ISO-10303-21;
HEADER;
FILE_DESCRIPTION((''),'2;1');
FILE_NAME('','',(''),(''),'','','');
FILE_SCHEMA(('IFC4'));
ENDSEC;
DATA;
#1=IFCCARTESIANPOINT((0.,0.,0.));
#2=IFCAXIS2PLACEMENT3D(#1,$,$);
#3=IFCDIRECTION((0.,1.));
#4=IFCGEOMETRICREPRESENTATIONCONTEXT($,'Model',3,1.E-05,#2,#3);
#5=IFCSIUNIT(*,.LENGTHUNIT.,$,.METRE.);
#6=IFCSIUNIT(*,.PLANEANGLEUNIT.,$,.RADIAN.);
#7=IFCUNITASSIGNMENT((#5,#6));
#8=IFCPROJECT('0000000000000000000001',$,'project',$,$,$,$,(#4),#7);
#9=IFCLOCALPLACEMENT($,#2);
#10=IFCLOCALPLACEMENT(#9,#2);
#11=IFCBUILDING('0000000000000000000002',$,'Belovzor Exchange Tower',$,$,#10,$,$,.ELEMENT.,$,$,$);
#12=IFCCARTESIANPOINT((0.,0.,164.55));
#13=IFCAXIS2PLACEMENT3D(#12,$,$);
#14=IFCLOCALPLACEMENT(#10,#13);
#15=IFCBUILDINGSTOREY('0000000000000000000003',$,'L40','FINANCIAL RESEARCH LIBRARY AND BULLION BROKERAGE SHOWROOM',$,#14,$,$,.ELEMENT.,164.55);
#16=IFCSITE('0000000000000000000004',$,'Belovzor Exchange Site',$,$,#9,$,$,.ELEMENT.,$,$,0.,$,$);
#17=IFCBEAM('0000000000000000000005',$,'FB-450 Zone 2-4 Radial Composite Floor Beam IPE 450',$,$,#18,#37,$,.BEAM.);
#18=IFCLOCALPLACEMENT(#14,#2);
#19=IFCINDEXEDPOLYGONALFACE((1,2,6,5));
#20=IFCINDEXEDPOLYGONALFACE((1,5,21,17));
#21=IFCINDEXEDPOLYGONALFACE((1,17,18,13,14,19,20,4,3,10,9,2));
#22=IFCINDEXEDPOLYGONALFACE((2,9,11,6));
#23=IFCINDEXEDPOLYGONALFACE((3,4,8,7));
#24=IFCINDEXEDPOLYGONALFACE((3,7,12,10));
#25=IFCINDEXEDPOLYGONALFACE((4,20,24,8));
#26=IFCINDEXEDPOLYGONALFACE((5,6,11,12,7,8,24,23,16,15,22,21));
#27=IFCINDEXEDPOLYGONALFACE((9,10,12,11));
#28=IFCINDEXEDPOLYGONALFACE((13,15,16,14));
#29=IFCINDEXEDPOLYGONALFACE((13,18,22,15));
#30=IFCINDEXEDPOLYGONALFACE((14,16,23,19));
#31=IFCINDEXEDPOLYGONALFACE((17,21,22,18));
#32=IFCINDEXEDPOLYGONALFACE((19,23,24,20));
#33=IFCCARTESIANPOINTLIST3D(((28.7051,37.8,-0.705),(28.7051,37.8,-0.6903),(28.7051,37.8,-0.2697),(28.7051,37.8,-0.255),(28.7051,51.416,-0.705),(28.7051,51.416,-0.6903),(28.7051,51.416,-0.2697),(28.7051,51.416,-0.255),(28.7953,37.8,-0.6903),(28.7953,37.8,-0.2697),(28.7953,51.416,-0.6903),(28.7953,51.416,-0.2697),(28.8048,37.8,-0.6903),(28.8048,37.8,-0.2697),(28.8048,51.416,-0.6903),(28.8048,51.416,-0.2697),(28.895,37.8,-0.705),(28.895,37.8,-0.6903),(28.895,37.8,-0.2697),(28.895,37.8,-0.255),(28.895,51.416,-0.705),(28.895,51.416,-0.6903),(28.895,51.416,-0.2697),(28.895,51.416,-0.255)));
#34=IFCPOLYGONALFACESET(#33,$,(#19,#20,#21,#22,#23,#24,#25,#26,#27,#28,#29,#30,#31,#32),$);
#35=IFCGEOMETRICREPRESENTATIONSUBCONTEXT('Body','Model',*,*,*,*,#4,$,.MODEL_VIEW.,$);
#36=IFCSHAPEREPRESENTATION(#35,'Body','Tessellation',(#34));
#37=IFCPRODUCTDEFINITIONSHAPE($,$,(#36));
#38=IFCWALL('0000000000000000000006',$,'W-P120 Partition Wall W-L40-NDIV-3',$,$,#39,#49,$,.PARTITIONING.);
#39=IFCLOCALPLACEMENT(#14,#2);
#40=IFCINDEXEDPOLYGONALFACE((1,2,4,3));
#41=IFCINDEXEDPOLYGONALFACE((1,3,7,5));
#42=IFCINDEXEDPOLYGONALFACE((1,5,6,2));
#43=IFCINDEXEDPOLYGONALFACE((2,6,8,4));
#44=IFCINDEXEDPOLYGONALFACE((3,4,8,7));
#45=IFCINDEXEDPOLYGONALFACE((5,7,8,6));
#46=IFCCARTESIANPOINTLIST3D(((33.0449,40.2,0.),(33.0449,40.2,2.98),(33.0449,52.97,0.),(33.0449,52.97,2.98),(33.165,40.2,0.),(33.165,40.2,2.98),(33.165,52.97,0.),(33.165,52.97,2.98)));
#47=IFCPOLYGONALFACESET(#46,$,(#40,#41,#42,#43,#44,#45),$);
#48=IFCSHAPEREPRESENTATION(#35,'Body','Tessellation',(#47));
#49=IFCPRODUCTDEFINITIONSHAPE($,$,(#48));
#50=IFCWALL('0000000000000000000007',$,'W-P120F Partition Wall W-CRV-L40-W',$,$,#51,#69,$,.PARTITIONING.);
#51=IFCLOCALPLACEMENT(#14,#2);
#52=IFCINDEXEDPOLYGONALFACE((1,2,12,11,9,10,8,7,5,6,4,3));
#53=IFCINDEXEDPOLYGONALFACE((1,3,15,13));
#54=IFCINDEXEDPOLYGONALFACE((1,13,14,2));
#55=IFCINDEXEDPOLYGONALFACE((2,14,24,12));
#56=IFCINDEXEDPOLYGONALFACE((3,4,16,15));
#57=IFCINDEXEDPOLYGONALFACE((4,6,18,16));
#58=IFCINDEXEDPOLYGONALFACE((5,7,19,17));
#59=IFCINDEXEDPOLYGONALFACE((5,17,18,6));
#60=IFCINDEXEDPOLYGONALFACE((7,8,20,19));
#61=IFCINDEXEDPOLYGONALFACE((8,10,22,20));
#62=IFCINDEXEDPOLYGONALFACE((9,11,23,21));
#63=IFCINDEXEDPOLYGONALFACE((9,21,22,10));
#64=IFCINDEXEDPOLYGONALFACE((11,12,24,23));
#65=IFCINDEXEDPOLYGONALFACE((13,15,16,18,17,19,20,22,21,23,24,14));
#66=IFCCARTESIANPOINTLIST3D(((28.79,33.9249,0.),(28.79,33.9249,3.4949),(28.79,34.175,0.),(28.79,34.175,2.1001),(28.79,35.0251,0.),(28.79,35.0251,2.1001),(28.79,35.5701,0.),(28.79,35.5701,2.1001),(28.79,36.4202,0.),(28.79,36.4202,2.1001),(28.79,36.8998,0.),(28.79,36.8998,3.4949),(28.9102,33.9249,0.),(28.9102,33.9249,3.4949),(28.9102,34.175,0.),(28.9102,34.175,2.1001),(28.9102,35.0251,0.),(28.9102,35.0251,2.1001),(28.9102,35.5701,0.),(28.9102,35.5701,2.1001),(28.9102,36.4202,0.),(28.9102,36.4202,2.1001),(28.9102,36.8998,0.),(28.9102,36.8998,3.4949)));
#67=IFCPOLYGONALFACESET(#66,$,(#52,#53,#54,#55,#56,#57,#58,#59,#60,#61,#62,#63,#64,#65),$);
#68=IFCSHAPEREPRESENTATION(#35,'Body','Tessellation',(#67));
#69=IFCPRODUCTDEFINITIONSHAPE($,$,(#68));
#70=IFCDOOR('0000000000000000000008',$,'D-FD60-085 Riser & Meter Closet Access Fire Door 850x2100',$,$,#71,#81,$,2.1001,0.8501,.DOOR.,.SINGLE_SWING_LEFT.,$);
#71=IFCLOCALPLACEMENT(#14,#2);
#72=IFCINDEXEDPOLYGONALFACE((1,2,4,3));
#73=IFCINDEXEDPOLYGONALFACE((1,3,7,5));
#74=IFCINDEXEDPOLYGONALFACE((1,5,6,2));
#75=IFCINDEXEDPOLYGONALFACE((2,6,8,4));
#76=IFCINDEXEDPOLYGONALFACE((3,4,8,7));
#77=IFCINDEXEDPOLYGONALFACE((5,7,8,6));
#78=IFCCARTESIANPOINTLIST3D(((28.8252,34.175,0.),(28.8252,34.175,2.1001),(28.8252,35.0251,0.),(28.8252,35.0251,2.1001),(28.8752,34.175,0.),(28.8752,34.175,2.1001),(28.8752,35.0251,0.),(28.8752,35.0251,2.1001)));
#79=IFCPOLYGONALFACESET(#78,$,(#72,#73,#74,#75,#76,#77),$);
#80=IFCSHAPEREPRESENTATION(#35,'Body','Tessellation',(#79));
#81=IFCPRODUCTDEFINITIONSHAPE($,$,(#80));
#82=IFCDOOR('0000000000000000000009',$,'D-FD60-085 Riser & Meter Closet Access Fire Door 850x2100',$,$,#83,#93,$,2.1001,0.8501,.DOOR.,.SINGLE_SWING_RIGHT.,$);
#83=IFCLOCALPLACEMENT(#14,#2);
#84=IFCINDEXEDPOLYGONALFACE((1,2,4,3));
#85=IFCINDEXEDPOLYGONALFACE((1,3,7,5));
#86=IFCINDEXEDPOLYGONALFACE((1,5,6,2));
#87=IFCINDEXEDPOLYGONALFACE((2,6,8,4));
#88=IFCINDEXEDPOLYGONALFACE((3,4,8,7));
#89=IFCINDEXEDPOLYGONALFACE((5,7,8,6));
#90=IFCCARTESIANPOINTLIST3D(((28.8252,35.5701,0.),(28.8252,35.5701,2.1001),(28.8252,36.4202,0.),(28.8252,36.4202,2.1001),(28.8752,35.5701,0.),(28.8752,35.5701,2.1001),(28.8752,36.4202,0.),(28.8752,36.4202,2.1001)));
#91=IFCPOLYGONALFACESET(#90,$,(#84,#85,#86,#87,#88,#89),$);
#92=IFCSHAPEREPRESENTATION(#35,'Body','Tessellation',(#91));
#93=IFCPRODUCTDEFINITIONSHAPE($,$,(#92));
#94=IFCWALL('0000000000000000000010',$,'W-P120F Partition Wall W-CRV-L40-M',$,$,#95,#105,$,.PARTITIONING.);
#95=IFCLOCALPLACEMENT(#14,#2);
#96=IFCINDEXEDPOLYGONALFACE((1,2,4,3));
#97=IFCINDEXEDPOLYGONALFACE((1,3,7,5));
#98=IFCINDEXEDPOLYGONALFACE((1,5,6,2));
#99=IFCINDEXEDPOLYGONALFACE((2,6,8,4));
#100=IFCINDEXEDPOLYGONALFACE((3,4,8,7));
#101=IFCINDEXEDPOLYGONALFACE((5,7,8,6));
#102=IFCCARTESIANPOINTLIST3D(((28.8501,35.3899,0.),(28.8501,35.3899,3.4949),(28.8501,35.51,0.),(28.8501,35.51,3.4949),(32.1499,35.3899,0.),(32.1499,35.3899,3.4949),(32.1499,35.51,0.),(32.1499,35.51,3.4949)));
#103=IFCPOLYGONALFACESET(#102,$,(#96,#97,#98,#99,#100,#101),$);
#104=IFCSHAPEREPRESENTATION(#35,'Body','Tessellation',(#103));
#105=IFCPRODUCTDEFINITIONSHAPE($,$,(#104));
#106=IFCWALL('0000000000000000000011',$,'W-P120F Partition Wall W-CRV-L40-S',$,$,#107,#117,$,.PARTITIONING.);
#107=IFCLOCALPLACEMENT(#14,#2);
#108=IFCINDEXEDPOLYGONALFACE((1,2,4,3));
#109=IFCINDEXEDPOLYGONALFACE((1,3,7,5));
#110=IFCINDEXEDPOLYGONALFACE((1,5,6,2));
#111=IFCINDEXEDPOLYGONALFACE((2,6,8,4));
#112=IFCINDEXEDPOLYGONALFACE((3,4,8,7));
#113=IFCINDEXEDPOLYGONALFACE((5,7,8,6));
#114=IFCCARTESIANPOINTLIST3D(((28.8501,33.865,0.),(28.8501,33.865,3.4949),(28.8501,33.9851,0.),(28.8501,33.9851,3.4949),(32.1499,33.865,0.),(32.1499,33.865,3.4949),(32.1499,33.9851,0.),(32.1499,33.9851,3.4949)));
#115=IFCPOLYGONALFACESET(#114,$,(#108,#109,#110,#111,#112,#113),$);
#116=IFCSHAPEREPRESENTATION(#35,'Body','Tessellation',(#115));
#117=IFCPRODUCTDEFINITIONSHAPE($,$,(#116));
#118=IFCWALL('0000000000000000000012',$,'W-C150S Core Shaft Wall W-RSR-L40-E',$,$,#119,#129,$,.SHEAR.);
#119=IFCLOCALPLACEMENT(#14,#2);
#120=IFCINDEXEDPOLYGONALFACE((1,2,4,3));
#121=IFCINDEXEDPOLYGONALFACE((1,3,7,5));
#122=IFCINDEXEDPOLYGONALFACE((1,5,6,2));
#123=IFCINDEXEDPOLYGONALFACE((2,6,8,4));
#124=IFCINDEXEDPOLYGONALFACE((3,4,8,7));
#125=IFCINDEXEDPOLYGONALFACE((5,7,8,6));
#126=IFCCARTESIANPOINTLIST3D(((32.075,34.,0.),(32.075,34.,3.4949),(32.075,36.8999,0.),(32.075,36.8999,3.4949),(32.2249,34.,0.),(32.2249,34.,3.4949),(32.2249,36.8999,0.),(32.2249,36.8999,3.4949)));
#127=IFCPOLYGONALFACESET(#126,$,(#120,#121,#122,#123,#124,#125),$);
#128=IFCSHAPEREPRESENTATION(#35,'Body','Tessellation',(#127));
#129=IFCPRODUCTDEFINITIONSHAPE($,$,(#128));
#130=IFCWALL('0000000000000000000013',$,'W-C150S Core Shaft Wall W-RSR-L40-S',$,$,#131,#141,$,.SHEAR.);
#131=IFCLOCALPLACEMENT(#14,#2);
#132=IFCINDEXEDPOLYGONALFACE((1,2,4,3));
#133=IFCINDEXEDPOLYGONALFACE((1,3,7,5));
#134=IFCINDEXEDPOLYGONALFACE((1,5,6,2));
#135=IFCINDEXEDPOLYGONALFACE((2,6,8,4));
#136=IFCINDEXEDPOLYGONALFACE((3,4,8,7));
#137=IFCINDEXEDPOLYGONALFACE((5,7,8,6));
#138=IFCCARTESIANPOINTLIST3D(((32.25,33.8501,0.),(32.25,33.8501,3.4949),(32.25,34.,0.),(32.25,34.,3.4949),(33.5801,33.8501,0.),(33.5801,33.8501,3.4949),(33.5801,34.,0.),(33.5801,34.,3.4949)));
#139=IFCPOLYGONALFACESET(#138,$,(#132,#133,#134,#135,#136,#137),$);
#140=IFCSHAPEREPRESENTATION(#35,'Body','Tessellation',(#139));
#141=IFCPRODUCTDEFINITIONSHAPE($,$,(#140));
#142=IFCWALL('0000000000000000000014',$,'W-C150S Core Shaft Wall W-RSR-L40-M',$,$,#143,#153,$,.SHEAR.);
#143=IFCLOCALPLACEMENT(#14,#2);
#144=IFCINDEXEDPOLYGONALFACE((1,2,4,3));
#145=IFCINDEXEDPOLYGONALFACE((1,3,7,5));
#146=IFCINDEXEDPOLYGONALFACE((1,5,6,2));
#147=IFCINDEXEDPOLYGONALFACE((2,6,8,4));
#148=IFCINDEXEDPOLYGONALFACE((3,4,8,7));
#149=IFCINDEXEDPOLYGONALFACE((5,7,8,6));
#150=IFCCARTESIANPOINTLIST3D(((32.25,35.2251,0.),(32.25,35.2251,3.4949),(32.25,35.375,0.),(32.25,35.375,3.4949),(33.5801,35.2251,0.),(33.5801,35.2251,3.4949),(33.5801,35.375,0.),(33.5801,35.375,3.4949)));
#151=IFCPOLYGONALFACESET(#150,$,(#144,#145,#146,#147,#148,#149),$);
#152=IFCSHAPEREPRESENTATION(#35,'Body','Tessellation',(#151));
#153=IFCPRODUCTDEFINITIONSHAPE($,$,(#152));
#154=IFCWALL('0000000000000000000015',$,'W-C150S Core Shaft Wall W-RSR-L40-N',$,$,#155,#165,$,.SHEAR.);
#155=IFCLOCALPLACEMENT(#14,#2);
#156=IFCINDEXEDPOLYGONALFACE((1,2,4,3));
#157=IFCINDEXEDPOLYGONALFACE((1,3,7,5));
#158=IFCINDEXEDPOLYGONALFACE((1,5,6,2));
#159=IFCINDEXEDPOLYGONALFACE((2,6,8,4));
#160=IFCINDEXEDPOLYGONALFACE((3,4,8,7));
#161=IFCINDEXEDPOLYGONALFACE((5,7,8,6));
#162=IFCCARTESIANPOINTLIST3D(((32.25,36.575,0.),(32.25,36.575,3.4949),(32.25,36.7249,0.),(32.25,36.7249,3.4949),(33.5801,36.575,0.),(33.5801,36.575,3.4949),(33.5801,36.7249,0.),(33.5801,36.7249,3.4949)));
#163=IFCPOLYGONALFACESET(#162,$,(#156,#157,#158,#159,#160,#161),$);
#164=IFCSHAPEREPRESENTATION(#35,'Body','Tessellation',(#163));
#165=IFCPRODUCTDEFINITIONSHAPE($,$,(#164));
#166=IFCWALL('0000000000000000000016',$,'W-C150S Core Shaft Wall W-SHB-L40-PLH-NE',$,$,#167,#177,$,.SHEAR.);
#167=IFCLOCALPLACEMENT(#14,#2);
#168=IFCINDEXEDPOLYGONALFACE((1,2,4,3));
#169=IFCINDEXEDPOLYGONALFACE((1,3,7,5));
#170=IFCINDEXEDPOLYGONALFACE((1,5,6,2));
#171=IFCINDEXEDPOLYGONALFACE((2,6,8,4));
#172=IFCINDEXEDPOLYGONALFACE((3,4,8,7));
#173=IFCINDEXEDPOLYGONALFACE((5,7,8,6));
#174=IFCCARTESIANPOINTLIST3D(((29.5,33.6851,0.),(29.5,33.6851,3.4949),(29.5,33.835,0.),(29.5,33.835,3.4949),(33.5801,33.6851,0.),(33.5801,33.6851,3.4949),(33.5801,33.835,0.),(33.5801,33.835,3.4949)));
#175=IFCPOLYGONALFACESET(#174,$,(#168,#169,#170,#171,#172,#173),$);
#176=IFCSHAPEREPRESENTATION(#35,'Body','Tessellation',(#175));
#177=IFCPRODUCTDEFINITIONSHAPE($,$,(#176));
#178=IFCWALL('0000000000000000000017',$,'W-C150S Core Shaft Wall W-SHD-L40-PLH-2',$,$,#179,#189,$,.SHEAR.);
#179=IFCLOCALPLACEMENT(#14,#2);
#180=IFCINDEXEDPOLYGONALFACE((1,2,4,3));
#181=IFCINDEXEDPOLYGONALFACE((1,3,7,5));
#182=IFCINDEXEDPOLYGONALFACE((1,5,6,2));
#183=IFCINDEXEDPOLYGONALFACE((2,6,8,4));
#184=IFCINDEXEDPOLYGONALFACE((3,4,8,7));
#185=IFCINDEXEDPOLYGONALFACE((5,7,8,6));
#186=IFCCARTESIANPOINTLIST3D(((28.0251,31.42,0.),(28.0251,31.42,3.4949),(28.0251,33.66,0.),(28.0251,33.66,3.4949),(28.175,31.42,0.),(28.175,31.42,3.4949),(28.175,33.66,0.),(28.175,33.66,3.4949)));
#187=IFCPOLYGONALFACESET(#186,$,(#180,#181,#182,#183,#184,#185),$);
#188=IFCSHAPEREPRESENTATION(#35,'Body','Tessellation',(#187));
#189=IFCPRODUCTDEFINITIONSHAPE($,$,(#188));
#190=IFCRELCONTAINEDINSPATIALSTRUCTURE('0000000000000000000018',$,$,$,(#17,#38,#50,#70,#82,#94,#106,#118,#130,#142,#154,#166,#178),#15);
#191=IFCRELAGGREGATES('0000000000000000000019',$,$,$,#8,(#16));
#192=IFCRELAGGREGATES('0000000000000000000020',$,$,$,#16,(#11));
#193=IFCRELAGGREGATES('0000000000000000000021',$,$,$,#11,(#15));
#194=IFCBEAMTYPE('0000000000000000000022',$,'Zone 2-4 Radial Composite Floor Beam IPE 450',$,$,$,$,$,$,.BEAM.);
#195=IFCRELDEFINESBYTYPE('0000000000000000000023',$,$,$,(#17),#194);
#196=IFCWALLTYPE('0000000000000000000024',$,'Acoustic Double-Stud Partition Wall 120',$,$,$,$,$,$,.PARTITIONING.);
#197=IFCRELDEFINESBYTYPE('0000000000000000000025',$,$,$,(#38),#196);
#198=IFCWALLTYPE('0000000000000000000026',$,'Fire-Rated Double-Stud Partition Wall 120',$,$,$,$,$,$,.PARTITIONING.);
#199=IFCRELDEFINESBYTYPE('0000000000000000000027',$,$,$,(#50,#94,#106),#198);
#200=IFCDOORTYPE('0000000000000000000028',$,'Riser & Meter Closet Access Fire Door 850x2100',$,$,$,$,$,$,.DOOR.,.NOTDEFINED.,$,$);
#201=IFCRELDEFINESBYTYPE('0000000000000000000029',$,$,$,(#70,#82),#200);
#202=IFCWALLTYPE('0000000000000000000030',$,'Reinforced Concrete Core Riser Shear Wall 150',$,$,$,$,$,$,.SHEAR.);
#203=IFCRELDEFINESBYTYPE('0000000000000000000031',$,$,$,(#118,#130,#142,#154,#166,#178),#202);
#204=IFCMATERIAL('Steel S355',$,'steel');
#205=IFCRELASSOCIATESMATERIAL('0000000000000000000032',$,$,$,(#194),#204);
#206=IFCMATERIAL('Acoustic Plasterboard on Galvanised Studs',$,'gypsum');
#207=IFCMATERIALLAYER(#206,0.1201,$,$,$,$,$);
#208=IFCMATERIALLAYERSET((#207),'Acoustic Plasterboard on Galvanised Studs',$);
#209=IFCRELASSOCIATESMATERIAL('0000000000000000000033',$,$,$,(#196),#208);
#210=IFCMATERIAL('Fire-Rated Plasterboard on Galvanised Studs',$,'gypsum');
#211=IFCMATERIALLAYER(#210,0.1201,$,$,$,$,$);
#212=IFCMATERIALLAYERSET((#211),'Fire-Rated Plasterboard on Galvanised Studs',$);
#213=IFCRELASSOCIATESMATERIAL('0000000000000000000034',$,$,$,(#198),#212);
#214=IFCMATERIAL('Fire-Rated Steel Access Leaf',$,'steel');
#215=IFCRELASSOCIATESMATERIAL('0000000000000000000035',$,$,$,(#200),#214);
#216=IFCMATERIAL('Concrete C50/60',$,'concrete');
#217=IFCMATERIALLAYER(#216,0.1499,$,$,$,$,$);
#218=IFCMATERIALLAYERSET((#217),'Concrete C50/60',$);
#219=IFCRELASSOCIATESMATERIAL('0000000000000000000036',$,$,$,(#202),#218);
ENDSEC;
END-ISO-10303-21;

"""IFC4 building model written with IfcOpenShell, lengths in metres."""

from ifc_helpers import new_model, si_unit, direction, frame, frame_2d, origin, origin_2d, place, context, subcontext, project, spatial, rectangle, i_section, extrude, material, layer, layer_set, material_profile, profile_set, type_object, element, fill, save


model = new_model("IFC4")

# Units and contexts
model_context = context("Model", 3, precision=1e-05, world=origin(), true_north=direction((0.0, 1.0)))
body_context = subcontext(model_context, "Body", "Model", "MODEL_VIEW")
ifc_project = project(units=[si_unit("LENGTHUNIT", "METRE"), si_unit("PLANEANGLEUNIT", "RADIAN")], contexts=[model_context])

# Site, building, storey
site_placement = place(None, origin())
site = spatial("IfcSite", under=ifc_project, at=site_placement, Name="Belovzor Exchange Site", CompositionType="ELEMENT", RefElevation=0.0)
building_placement = place(site_placement, origin())
building = spatial("IfcBuilding", under=site, at=building_placement, Name="Belovzor Exchange Tower", CompositionType="ELEMENT")
storey_placement = place(building_placement, frame((0.0, 0.0, 164.55)))
storey = spatial("IfcBuildingStorey", under=building, at=storey_placement, Name="L40", Description="FINANCIAL RESEARCH LIBRARY AND BULLION BROKERAGE SHOWROOM", CompositionType="ELEMENT", Elevation=164.55)

# Beam
ifc_material_1 = material(Name="Steel S355", Category="steel")
ifc_material_profile = material_profile(ifc_material_1, i_section(OverallWidth=0.1899, OverallDepth=0.45, WebThickness=0.0095, FlangeThickness=0.0146, at=origin_2d()))
ifc_profile_set = profile_set([ifc_material_profile], Name="Steel S355")
beam_type = type_object("IfcBeamType", Name="Zone 2-4 Radial Composite Floor Beam IPE 450", PredefinedType="BEAM", material=ifc_profile_set)
beam_placement = place(storey_placement, frame((28.8, 37.8, -0.48), z_axis=(0.0, 1.0, 0.0), x_axis=(-1.0, 0.0, 0.0)))
element("IfcBeam", 1, at=beam_placement, inside=storey, type_object=beam_type, Name="FB-450 Zone 2-4 Radial Composite Floor Beam IPE 450", PredefinedType="BEAM", context=body_context, shape_type="SweptSolid", body=[
    extrude(i_section(OverallWidth=0.1899, OverallDepth=0.45, WebThickness=0.0095, FlangeThickness=0.0146, at=origin_2d()), origin(), (0.0, 0.0, 1.0), 13.616),
])

# Wall
ifc_material_2 = material(Name="Acoustic Plasterboard on Galvanised Studs", Category="gypsum")
ifc_layer_1 = layer(ifc_material_2, 0.1201)
ifc_layer_set_1 = layer_set([ifc_layer_1], Name="Acoustic Plasterboard on Galvanised Studs")
wall_type_1 = type_object("IfcWallType", Name="Acoustic Double-Stud Partition Wall 120", PredefinedType="PARTITIONING", material=ifc_layer_set_1)
wall_1_placement = place(storey_placement, frame((33.105, 40.2, 0.0), z_axis=(0.0, 0.0, 1.0), x_axis=(0.0, 1.0, 0.0)))
element("IfcWall", 2, at=wall_1_placement, inside=storey, type_object=wall_type_1, Name="W-P120 Partition Wall W-L40-NDIV-3", PredefinedType="PARTITIONING", context=body_context, shape_type="SweptSolid", body=[
    extrude(rectangle(XDim=12.77, YDim=0.1201, at=frame_2d((6.385, 0.0))), origin(), (0.0, 0.0, 1.0), 2.98),
])

# Wall, openings, doors
ifc_material_3 = material(Name="Fire-Rated Plasterboard on Galvanised Studs", Category="gypsum")
ifc_layer_2 = layer(ifc_material_3, 0.1201)
ifc_layer_set_2 = layer_set([ifc_layer_2], Name="Fire-Rated Plasterboard on Galvanised Studs")
wall_type_2 = type_object("IfcWallType", Name="Fire-Rated Double-Stud Partition Wall 120", PredefinedType="PARTITIONING", material=ifc_layer_set_2)
wall_2_placement = place(storey_placement, frame((28.8501, 33.925, 0.0), z_axis=(0.0, 0.0, 1.0), x_axis=(0.0, 1.0, 0.0)))
wall_2 = element("IfcWall", 3, at=wall_2_placement, inside=storey, type_object=wall_type_2, Name="W-P120F Partition Wall W-CRV-L40-W", PredefinedType="PARTITIONING", context=body_context, shape_type="SweptSolid", body=[
    extrude(rectangle(XDim=2.9749, YDim=0.1201, at=frame_2d((1.4873, 0.0))), origin(), (0.0, 0.0, 1.0), 3.4949),
])
opening_1_placement = place(wall_2_placement, frame((0.25, 0.0, 0.0)))
opening_1 = element("IfcOpeningElement", 4, at=opening_1_placement, cuts=wall_2, PredefinedType="OPENING", context=body_context, shape_type="SweptSolid", body=[
    extrude(rectangle(XDim=0.8501, YDim=2.1001, at=frame_2d((0.425, 1.05))), frame((0.0, 0.0701, 0.0), z_axis=(0.0, -1.0, 0.0), x_axis=(1.0, 0.0, 0.0)), (0.0, 0.0, 1.0), 0.1401),
])
opening_2_placement = place(wall_2_placement, frame((1.645, 0.0, 0.0)))
opening_2 = element("IfcOpeningElement", 5, at=opening_2_placement, cuts=wall_2, PredefinedType="OPENING", context=body_context, shape_type="SweptSolid", body=[
    extrude(rectangle(XDim=0.8501, YDim=2.1001, at=frame_2d((0.425, 1.05))), frame((0.0, 0.0701, 0.0), z_axis=(0.0, -1.0, 0.0), x_axis=(1.0, 0.0, 0.0)), (0.0, 0.0, 1.0), 0.1401),
])
ifc_material_4 = material(Name="Fire-Rated Steel Access Leaf", Category="steel")
door_type = type_object("IfcDoorType", Name="Riser & Meter Closet Access Fire Door 850x2100", OperationType="NOTDEFINED", PredefinedType="DOOR", material=ifc_material_4)
door_1_placement = place(opening_1_placement, origin())
door_1 = element("IfcDoor", 6, at=door_1_placement, inside=storey, type_object=door_type, Name="D-FD60-085 Riser & Meter Closet Access Fire Door 850x2100", OperationType="SINGLE_SWING_LEFT", OverallHeight=2.1001, OverallWidth=0.8501, PredefinedType="DOOR", context=body_context, shape_type="SweptSolid", body=[
    extrude(rectangle(XDim=0.8501, YDim=2.1001, at=frame_2d((0.425, 1.05))), frame((0.0, 0.0249, 0.0), z_axis=(0.0, -1.0, 0.0), x_axis=(1.0, 0.0, 0.0)), (0.0, 0.0, 1.0), 0.05),
])
fill(opening_1, door_1)
door_2_placement = place(opening_2_placement, origin())
door_2 = element("IfcDoor", 7, at=door_2_placement, inside=storey, type_object=door_type, Name="D-FD60-085 Riser & Meter Closet Access Fire Door 850x2100", OperationType="SINGLE_SWING_RIGHT", OverallHeight=2.1001, OverallWidth=0.8501, PredefinedType="DOOR", context=body_context, shape_type="SweptSolid", body=[
    extrude(rectangle(XDim=0.8501, YDim=2.1001, at=frame_2d((0.425, 1.05))), frame((0.0, 0.0249, 0.0), z_axis=(0.0, -1.0, 0.0), x_axis=(1.0, 0.0, 0.0)), (0.0, 0.0, 1.0), 0.05),
])
fill(opening_2, door_2)

# Walls
for number, where, z_axis, x_axis, name in (
    (8, (28.8501, 35.45, 0.0), (0.0, 0.0, 1.0), (1.0, 0.0, 0.0), "W-P120F Partition Wall W-CRV-L40-M"),
    (9, (28.8501, 33.925, 0.0), (0.0, 0.0, 1.0), (1.0, 0.0, 0.0), "W-P120F Partition Wall W-CRV-L40-S"),
):
    element("IfcWall", number, at=place(storey_placement, frame(where, z_axis=z_axis, x_axis=x_axis)), inside=storey, type_object=wall_type_2, Name=name, PredefinedType="PARTITIONING", context=body_context, shape_type="SweptSolid", body=[
        extrude(rectangle(XDim=3.2998, YDim=0.1201, at=frame_2d((1.6499, 0.0))), origin(), (0.0, 0.0, 1.0), 3.4949),
    ])
ifc_material_5 = material(Name="Concrete C50/60", Category="concrete")
ifc_layer_3 = layer(ifc_material_5, 0.1499)
ifc_layer_set_3 = layer_set([ifc_layer_3], Name="Concrete C50/60")
wall_type_3 = type_object("IfcWallType", Name="Reinforced Concrete Core Riser Shear Wall 150", PredefinedType="SHEAR", material=ifc_layer_set_3)
wall_3_placement = place(storey_placement, frame((32.1499, 34.0, 0.0), z_axis=(0.0, 0.0, 1.0), x_axis=(0.0, 1.0, 0.0)))
element("IfcWall", 10, at=wall_3_placement, inside=storey, type_object=wall_type_3, Name="W-C150S Core Shaft Wall W-RSR-L40-E", PredefinedType="SHEAR", context=body_context, shape_type="SweptSolid", body=[
    extrude(rectangle(XDim=2.8999, YDim=0.1499, at=frame_2d((1.45, 0.0))), origin(), (0.0, 0.0, 1.0), 3.4949),
])
for number, where, z_axis, x_axis, name in (
    (11, (32.25, 33.925, 0.0), (0.0, 0.0, 1.0), (1.0, 0.0, 0.0), "W-C150S Core Shaft Wall W-RSR-L40-S"),
    (12, (32.25, 35.3, 0.0), (0.0, 0.0, 1.0), (1.0, 0.0, 0.0), "W-C150S Core Shaft Wall W-RSR-L40-M"),
    (13, (32.25, 36.6499, 0.0), (0.0, 0.0, 1.0), (1.0, 0.0, 0.0), "W-C150S Core Shaft Wall W-RSR-L40-N"),
):
    element("IfcWall", number, at=place(storey_placement, frame(where, z_axis=z_axis, x_axis=x_axis)), inside=storey, type_object=wall_type_3, Name=name, PredefinedType="SHEAR", context=body_context, shape_type="SweptSolid", body=[
        extrude(rectangle(XDim=1.3301, YDim=0.1499, at=frame_2d((0.665, 0.0))), origin(), (0.0, 0.0, 1.0), 3.4949),
    ])
wall_4_placement = place(storey_placement, frame((29.5, 33.76, 0.0), z_axis=(0.0, 0.0, 1.0), x_axis=(1.0, 0.0, 0.0)))
element("IfcWall", 14, at=wall_4_placement, inside=storey, type_object=wall_type_3, Name="W-C150S Core Shaft Wall W-SHB-L40-PLH-NE", PredefinedType="SHEAR", context=body_context, shape_type="SweptSolid", body=[
    extrude(rectangle(XDim=4.0801, YDim=0.1499, at=frame_2d((2.04, 0.0))), origin(), (0.0, 0.0, 1.0), 3.4949),
])
for number, where, z_axis, x_axis, name in (
    (15, (28.1001, 31.4199, 0.0), (0.0, 0.0, 1.0), (0.0, 1.0, 0.0), "W-C150S Core Shaft Wall W-SHD-L40-PLH-2"),
):
    element("IfcWall", number, at=place(storey_placement, frame(where, z_axis=z_axis, x_axis=x_axis)), inside=storey, type_object=wall_type_3, Name=name, PredefinedType="SHEAR", context=body_context, shape_type="SweptSolid", body=[
        extrude(rectangle(XDim=2.24, YDim=0.1499, at=frame_2d((1.1201, 0.0))), origin(), (0.0, 0.0, 1.0), 3.4949),
    ])

save(model, "model.ifc")
